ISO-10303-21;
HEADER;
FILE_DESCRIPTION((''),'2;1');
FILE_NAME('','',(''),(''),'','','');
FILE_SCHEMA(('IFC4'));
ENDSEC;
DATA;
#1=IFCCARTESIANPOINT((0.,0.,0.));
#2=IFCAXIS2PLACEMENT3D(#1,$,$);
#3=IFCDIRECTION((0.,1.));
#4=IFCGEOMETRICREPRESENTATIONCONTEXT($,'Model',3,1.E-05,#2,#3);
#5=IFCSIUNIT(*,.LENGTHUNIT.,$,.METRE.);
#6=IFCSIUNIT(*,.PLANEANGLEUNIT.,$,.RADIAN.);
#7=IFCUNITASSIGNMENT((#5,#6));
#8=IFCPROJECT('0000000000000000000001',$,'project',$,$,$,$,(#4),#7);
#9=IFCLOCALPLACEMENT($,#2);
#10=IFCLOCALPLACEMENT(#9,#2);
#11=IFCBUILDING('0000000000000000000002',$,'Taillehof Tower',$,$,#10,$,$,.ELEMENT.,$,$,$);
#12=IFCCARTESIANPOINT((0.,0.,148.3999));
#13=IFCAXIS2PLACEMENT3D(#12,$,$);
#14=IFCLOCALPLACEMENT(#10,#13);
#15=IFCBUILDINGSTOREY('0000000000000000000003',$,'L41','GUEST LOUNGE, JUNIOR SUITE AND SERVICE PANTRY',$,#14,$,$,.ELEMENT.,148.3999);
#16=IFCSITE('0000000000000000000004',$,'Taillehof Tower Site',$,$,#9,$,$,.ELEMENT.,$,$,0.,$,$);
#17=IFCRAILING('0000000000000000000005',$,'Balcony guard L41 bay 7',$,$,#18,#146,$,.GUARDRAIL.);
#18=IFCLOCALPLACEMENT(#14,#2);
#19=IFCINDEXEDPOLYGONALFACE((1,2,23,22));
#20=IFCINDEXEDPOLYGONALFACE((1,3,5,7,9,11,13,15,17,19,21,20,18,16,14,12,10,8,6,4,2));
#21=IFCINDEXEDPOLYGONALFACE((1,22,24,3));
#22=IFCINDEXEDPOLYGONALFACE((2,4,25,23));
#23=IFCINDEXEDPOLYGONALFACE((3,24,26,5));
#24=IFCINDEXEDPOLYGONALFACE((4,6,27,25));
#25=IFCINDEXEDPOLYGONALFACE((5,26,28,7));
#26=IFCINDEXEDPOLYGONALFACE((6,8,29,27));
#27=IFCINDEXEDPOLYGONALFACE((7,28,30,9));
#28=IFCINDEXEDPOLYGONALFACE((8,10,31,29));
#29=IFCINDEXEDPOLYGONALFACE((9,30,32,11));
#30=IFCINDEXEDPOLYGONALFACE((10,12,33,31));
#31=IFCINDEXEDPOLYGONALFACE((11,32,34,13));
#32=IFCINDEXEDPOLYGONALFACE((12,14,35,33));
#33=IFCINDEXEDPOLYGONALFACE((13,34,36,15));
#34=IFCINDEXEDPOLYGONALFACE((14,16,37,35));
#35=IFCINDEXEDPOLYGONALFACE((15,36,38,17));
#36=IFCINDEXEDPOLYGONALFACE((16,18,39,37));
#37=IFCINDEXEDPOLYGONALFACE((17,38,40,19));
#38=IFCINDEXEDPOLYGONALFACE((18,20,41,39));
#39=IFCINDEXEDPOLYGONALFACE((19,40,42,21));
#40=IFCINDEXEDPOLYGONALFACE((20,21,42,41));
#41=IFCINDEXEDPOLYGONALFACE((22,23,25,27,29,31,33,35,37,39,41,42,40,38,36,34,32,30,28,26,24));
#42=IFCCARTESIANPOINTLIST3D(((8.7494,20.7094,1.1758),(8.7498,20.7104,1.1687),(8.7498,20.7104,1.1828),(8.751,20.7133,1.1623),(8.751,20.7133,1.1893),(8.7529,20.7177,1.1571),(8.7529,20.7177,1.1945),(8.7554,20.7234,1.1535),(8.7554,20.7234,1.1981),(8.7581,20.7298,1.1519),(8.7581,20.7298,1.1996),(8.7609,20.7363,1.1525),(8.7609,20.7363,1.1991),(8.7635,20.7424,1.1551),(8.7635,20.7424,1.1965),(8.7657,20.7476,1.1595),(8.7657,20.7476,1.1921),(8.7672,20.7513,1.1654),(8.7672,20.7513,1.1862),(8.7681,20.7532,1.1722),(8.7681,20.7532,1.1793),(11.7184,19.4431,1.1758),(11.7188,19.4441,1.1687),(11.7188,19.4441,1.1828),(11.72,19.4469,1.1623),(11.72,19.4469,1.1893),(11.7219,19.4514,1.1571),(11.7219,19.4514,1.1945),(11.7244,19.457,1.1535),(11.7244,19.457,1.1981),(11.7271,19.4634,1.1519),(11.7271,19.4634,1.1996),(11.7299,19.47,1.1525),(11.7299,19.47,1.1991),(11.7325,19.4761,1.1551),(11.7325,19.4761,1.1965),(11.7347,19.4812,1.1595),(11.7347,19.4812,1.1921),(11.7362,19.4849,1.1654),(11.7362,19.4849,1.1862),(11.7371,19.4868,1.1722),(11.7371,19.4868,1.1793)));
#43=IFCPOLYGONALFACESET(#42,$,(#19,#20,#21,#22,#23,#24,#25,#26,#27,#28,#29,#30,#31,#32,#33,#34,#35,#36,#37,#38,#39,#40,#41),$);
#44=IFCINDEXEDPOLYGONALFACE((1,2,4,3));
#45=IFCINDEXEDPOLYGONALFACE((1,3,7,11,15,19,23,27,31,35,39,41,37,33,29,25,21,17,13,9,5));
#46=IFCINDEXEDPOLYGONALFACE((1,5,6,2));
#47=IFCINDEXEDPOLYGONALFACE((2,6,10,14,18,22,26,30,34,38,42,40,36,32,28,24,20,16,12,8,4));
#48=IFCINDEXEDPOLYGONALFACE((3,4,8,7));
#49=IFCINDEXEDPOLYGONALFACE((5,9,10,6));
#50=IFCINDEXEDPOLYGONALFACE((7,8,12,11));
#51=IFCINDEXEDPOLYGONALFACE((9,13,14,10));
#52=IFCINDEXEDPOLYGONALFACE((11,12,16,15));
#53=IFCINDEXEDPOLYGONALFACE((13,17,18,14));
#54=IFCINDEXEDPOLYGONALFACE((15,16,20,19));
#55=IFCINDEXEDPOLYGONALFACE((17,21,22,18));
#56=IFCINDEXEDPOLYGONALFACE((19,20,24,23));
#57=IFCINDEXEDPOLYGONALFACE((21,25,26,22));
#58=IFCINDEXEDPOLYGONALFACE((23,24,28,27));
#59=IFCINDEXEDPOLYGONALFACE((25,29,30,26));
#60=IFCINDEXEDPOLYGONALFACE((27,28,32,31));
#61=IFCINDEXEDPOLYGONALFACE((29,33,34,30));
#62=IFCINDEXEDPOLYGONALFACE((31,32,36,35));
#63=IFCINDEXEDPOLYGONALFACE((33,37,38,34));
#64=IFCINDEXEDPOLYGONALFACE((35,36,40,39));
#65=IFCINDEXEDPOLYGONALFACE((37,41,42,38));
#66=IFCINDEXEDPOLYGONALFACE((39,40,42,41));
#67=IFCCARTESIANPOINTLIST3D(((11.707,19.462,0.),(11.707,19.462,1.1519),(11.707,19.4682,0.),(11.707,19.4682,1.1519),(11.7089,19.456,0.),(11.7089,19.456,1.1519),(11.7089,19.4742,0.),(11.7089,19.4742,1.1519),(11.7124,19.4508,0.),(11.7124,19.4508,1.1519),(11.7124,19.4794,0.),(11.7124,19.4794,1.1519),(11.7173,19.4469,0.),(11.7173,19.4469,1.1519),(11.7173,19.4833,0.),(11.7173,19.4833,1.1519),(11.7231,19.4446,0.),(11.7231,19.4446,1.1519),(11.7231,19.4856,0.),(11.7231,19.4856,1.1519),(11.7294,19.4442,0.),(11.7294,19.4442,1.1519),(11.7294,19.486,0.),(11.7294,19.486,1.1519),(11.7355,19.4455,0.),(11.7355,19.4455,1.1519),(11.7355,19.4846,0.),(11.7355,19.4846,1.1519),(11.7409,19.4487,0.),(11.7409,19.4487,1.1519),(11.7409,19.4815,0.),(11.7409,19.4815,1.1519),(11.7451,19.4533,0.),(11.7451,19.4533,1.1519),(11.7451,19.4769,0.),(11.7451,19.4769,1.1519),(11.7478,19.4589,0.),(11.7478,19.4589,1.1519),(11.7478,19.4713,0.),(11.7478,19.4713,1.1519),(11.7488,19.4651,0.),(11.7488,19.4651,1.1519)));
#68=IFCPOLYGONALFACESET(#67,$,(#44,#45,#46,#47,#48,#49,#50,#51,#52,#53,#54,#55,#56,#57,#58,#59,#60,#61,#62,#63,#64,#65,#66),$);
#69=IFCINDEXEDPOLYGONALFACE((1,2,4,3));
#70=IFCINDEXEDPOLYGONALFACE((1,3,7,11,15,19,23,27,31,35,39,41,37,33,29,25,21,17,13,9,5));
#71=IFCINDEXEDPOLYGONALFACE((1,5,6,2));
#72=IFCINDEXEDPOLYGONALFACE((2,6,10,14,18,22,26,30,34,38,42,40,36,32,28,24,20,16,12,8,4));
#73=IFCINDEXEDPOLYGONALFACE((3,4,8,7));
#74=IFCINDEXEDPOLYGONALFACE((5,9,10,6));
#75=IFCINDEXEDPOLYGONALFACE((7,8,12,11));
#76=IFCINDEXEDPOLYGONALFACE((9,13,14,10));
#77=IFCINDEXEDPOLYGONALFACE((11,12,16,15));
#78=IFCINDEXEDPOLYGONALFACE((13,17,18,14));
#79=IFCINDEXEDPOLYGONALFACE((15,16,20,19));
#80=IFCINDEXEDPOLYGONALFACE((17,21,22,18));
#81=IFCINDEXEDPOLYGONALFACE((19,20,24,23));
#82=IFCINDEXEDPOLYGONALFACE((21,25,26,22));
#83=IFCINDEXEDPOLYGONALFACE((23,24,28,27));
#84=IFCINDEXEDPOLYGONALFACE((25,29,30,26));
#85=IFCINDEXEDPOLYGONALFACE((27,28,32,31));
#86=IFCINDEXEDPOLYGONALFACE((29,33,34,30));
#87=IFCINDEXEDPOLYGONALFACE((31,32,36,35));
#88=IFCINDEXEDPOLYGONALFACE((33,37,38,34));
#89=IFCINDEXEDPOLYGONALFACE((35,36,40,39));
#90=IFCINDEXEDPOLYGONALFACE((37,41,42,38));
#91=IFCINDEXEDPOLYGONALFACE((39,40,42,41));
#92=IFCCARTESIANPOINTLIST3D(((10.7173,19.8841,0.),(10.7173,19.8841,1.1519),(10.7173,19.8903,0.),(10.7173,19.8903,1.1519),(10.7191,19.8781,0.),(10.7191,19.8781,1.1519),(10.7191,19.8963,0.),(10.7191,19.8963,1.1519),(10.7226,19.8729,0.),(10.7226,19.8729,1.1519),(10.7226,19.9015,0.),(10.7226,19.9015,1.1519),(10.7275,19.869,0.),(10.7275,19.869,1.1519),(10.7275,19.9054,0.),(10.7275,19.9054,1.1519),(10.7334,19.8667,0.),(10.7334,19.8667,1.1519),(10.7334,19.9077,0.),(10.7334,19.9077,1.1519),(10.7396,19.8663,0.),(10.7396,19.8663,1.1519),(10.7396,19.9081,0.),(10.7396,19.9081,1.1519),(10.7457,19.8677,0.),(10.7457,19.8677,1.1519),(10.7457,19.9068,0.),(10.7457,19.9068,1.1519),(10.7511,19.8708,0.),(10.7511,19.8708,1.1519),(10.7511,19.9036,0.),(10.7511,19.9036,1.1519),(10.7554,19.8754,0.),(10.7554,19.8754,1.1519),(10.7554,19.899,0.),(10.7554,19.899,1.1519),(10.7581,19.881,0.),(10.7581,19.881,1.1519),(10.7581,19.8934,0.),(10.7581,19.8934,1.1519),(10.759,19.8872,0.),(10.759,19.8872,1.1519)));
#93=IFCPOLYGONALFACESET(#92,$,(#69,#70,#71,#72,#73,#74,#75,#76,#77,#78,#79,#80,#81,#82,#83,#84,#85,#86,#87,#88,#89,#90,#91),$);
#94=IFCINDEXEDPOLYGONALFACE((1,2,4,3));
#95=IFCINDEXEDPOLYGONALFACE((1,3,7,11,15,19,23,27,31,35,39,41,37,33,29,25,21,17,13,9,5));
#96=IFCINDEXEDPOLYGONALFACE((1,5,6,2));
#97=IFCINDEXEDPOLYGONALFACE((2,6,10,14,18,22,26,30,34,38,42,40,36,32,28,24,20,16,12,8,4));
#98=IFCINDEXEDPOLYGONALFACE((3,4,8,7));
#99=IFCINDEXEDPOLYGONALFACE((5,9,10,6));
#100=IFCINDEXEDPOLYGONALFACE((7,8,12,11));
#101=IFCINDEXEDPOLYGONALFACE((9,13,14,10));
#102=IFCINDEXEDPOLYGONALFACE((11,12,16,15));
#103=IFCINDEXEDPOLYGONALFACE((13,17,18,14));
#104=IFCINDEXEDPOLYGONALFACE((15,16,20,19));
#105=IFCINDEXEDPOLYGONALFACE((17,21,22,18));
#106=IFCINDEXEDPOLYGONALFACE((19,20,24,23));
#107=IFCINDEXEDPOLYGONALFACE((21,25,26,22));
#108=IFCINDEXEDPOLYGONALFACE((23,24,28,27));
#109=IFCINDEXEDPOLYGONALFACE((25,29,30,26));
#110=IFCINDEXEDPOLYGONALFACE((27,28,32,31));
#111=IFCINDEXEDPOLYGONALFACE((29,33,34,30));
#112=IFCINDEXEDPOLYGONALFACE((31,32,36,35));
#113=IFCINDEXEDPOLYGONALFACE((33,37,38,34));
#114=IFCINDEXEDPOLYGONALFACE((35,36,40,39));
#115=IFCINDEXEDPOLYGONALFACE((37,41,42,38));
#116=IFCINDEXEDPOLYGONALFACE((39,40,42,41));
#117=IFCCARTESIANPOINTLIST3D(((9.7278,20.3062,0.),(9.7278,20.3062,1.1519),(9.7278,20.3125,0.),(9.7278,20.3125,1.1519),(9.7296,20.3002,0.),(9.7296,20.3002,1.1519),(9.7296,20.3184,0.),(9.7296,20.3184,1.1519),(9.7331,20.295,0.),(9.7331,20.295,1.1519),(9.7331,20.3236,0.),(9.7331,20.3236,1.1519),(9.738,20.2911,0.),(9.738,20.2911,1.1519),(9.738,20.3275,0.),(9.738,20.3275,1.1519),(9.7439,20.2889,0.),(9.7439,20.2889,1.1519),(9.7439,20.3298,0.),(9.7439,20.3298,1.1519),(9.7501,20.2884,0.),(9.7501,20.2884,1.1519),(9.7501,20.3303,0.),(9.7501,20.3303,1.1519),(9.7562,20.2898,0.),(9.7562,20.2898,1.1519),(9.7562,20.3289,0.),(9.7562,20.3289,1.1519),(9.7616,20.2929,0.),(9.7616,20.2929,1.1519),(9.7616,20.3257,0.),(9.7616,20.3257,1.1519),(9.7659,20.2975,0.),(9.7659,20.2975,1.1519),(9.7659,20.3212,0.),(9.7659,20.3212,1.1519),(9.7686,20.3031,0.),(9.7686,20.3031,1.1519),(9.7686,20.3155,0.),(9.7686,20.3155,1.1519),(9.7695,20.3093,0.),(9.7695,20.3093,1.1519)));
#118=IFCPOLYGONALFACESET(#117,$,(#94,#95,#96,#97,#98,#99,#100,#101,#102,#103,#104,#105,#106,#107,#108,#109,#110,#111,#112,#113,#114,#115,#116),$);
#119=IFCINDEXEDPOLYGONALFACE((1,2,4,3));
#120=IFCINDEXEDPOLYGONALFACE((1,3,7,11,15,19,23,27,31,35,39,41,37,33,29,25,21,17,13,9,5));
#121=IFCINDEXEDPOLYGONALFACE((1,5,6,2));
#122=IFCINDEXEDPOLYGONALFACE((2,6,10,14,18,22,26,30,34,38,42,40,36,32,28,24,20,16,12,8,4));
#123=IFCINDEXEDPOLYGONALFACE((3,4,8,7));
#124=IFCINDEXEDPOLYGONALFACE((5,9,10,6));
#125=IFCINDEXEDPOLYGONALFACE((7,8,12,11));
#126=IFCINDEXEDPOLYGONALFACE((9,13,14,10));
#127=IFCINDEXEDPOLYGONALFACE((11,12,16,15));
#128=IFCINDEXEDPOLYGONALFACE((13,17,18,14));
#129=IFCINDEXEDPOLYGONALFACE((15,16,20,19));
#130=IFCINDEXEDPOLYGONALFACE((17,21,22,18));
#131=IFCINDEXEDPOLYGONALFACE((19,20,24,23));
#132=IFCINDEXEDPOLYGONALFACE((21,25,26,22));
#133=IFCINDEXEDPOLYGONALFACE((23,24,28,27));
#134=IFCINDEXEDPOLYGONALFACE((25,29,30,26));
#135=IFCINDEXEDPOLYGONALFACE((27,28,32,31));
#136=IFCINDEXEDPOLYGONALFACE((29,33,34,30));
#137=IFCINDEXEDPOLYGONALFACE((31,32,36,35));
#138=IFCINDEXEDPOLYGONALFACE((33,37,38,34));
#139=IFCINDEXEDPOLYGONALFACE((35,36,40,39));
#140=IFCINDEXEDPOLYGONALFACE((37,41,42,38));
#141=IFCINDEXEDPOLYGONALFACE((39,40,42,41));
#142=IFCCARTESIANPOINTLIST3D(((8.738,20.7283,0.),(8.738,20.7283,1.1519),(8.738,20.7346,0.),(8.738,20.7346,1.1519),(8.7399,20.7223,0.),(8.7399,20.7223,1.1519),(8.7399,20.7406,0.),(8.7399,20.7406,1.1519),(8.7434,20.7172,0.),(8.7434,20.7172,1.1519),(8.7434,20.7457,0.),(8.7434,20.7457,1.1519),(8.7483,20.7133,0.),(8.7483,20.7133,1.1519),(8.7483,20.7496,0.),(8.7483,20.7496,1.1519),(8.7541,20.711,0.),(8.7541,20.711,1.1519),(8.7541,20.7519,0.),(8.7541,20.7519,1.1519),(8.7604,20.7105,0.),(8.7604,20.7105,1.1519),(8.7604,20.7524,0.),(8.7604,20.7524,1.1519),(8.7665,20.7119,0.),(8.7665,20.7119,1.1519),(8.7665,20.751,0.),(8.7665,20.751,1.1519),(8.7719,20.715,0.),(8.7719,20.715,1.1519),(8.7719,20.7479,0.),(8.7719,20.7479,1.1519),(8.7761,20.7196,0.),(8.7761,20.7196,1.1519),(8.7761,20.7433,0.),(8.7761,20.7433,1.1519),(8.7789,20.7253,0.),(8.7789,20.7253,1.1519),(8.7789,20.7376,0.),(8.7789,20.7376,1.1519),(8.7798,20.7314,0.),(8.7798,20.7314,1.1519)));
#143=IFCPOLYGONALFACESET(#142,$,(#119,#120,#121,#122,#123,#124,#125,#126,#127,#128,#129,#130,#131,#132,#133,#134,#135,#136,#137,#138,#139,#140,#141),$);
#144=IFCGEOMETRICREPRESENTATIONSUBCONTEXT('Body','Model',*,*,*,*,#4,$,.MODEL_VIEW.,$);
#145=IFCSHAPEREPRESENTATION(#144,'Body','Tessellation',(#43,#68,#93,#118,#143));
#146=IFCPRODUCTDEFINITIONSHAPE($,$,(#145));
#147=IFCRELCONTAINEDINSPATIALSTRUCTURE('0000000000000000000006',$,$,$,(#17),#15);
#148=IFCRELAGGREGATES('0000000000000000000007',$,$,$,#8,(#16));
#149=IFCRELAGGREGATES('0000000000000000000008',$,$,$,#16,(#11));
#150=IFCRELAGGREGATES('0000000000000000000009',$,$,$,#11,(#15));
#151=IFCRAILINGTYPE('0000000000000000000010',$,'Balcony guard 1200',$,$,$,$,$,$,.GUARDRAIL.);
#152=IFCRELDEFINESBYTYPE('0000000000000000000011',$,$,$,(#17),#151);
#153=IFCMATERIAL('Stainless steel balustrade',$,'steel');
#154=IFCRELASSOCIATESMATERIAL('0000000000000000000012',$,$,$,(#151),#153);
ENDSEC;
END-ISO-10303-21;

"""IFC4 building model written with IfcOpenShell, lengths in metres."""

from ifc_helpers import new_model, si_unit, direction, frame, origin, origin_2d, place, context, subcontext, project, spatial, circle, extrude, material, type_object, element, save


model = new_model("IFC4")

# Units and contexts
model_context = context("Model", 3, precision=1e-05, world=origin(), true_north=direction((0.0, 1.0)))
body_context = subcontext(model_context, "Body", "Model", "MODEL_VIEW")
ifc_project = project(units=[si_unit("LENGTHUNIT", "METRE"), si_unit("PLANEANGLEUNIT", "RADIAN")], contexts=[model_context])

# Site, building, storey
site_placement = place(None, origin())
site = spatial("IfcSite", under=ifc_project, at=site_placement, Name="Taillehof Tower Site", CompositionType="ELEMENT", RefElevation=0.0)
building_placement = place(site_placement, origin())
building = spatial("IfcBuilding", under=site, at=building_placement, Name="Taillehof Tower", CompositionType="ELEMENT")
storey_placement = place(building_placement, frame((0.0, 0.0, 148.3999)))
storey = spatial("IfcBuildingStorey", under=building, at=storey_placement, Name="L41", Description="GUEST LOUNGE, JUNIOR SUITE AND SERVICE PANTRY", CompositionType="ELEMENT", Elevation=148.3999)

# Railing
ifc_material_1 = material(Name="Stainless steel balustrade", Category="steel")
railing_type = type_object("IfcRailingType", Name="Balcony guard 1200", PredefinedType="GUARDRAIL", material=ifc_material_1)
railing_1_placement = place(storey_placement, frame((11.7278, 19.4651, 0.0)))
element("IfcRailing", 1, at=railing_1_placement, inside=storey, type_object=railing_type, Name="Balcony guard L41 bay 7", PredefinedType="GUARDRAIL", context=body_context, shape_type="SweptSolid", body=[
    extrude(circle(Radius=0.0239, at=origin_2d()), frame((0.0, 0.0, 1.1758), z_axis=(-0.919824, 0.39233, 0.0), x_axis=(-0.39233, -0.919824, 0.0)), (0.0, 0.0, 1.0), 3.2278),
    extrude(circle(Radius=0.021, at=origin_2d()), origin(), (0.0, 0.0, 1.0), 1.1519),
    extrude(circle(Radius=0.021, at=origin_2d()), frame((-0.9897, 0.4221, 0.0)), (0.0, 0.0, 1.0), 1.1519),
    extrude(circle(Radius=0.021, at=origin_2d()), frame((-1.9792, 0.8442, 0.0)), (0.0, 0.0, 1.0), 1.1519),
    extrude(circle(Radius=0.021, at=origin_2d()), frame((-2.969, 1.2664, 0.0)), (0.0, 0.0, 1.0), 1.1519),
])

save(model, "model.ifc")
